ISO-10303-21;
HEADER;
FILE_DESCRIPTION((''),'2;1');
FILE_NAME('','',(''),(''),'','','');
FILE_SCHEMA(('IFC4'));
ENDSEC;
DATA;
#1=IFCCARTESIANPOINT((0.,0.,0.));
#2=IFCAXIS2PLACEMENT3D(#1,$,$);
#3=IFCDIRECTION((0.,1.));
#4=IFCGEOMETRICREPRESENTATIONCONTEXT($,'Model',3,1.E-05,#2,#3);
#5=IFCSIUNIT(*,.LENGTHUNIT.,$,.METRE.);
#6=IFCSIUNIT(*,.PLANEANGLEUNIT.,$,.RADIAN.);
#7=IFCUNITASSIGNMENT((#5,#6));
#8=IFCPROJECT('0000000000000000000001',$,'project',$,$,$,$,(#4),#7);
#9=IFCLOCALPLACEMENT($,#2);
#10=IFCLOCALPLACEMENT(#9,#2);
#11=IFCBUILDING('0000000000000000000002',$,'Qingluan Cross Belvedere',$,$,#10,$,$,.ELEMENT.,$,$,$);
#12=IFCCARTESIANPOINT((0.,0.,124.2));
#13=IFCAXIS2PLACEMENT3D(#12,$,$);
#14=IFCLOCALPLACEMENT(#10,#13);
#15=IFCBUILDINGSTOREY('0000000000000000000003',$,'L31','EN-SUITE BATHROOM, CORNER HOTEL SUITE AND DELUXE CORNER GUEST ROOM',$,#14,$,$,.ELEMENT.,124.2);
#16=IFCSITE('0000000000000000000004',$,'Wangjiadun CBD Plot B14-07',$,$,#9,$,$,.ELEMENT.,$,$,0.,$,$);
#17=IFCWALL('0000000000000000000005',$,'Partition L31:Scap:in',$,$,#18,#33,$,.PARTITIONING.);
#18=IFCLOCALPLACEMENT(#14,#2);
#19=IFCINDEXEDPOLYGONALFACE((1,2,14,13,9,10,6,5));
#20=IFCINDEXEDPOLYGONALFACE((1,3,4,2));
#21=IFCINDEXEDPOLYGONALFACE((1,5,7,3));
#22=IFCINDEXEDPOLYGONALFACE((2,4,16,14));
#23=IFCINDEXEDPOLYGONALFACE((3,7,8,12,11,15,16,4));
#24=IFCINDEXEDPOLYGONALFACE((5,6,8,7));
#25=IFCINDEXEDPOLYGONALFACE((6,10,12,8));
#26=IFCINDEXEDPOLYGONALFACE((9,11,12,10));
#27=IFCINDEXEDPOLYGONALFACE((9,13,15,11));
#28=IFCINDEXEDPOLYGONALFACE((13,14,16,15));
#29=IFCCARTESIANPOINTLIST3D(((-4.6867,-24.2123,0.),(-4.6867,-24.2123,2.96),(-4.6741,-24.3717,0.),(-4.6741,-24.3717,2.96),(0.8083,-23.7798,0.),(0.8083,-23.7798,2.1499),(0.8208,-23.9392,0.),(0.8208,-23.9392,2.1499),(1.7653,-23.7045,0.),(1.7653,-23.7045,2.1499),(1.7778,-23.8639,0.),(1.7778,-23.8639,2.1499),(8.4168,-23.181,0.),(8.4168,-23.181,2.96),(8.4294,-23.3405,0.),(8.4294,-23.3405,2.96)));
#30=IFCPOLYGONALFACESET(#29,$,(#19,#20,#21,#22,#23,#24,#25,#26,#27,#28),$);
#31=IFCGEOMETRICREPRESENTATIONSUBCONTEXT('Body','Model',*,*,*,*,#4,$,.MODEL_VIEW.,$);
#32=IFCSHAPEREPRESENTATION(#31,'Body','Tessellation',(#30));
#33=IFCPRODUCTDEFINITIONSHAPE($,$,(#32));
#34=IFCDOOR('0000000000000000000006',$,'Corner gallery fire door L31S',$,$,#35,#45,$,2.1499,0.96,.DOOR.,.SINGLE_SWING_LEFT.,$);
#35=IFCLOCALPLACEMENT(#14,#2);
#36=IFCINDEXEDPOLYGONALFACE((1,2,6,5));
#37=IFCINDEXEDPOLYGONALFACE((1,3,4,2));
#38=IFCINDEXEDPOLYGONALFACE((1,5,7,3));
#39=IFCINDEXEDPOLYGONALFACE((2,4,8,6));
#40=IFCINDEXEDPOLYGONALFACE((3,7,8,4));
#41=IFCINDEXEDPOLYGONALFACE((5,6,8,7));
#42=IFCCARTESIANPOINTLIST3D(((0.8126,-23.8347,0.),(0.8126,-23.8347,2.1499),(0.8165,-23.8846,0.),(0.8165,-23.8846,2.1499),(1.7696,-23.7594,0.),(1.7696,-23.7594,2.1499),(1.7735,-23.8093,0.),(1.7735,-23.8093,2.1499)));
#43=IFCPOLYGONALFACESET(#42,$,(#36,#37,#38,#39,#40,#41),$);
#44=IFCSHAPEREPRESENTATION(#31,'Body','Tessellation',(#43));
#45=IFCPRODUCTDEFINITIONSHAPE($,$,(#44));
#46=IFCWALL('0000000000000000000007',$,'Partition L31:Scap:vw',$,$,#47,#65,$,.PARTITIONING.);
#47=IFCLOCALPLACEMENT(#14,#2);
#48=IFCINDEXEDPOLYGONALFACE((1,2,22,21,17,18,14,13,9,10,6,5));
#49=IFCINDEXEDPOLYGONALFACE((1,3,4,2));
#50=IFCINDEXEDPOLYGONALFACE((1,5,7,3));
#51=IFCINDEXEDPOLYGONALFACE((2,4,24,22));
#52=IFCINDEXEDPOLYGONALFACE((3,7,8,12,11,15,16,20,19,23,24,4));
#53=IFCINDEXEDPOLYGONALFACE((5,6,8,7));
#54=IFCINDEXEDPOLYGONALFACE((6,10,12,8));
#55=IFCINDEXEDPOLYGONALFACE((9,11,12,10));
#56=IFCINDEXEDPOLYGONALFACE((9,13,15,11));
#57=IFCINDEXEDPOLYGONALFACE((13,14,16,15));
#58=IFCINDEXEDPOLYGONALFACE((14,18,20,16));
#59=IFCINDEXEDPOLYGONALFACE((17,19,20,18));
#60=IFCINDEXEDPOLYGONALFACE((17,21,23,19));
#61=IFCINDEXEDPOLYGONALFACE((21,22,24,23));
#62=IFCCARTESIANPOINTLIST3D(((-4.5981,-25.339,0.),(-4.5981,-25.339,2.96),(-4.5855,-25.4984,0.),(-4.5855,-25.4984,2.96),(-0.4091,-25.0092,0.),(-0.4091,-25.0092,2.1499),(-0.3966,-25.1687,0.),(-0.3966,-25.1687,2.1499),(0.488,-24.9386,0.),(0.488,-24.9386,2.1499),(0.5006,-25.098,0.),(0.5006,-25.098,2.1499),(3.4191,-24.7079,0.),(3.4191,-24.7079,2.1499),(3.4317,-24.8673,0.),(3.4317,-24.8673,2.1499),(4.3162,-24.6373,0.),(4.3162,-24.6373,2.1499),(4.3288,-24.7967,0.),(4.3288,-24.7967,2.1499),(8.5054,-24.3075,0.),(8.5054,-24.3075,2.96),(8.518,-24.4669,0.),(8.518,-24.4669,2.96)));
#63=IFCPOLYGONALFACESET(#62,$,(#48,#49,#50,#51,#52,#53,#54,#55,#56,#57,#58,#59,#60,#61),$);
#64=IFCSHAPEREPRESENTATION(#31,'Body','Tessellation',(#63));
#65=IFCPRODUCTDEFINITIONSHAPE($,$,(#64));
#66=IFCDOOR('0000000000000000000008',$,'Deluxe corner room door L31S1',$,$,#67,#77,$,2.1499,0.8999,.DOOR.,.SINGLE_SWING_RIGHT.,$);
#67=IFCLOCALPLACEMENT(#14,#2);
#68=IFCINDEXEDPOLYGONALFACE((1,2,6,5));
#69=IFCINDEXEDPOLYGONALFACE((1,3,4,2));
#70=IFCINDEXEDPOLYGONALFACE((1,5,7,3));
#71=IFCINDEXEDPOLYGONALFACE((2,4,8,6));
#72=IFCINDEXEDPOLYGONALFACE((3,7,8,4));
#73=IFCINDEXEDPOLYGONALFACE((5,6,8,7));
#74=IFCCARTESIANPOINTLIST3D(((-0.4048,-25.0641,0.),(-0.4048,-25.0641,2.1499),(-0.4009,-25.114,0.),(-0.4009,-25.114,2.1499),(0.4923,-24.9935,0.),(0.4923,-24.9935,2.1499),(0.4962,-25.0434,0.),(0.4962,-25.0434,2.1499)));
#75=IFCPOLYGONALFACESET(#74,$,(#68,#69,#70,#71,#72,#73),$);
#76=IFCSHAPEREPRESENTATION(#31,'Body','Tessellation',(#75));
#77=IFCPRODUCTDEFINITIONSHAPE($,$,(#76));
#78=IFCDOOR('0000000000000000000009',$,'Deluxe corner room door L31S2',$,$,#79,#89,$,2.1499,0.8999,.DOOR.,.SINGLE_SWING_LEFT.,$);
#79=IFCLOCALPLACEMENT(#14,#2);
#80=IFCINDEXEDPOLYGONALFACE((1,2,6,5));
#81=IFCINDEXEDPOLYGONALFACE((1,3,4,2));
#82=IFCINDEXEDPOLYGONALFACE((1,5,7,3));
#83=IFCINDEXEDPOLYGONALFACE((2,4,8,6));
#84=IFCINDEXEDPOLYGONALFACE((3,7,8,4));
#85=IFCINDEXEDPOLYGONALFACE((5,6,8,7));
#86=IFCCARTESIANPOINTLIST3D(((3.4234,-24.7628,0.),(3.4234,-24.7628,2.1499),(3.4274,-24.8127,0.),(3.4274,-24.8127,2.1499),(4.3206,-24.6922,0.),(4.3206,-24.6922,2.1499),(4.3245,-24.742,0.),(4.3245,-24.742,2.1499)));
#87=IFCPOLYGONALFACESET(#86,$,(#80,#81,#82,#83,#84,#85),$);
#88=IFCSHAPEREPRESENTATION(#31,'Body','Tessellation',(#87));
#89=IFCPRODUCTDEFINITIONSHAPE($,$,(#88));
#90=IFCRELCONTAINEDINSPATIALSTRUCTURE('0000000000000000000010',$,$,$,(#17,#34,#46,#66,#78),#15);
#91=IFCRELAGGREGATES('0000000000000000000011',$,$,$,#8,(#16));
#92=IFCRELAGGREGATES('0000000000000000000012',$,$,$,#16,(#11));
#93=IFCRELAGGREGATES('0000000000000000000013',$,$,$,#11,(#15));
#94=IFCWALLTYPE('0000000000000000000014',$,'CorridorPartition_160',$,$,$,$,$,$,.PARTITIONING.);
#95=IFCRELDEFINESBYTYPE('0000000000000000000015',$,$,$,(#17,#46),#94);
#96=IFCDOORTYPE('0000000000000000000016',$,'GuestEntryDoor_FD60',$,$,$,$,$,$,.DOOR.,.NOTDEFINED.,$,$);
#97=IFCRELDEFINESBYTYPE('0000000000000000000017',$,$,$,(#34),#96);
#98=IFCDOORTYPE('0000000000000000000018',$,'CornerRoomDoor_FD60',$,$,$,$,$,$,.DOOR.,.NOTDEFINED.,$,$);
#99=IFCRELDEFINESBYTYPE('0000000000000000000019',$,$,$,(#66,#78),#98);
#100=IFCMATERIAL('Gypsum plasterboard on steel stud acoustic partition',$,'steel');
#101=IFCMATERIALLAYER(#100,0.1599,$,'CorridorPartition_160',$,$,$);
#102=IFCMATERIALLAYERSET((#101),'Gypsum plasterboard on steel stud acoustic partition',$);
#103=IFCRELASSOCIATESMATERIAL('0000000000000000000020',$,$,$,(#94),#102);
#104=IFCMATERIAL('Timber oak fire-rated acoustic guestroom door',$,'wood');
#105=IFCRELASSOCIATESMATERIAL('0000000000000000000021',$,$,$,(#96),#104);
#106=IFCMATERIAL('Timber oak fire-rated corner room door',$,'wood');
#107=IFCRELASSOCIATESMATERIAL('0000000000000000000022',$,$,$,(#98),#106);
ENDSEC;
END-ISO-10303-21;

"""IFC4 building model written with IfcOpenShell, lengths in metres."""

from ifc_helpers import new_model, si_unit, direction, frame, frame_2d, origin, place, context, subcontext, project, spatial, rectangle, extrude, material, layer, layer_set, type_object, element, fill, save


model = new_model("IFC4")

# Units and contexts
model_context = context("Model", 3, precision=1e-05, world=origin(), true_north=direction((0.0, 1.0)))
body_context = subcontext(model_context, "Body", "Model", "MODEL_VIEW")
ifc_project = project(units=[si_unit("LENGTHUNIT", "METRE"), si_unit("PLANEANGLEUNIT", "RADIAN")], contexts=[model_context])

# Site, building, storey
site_placement = place(None, origin())
site = spatial("IfcSite", under=ifc_project, at=site_placement, Name="Wangjiadun CBD Plot B14-07", CompositionType="ELEMENT", RefElevation=0.0)
building_placement = place(site_placement, origin())
building = spatial("IfcBuilding", under=site, at=building_placement, Name="Qingluan Cross Belvedere", CompositionType="ELEMENT")
storey_placement = place(building_placement, frame((0.0, 0.0, 124.2)))
storey = spatial("IfcBuildingStorey", under=building, at=storey_placement, Name="L31", Description="EN-SUITE BATHROOM, CORNER HOTEL SUITE AND DELUXE CORNER GUEST ROOM", CompositionType="ELEMENT", Elevation=124.2)

# Shared definitions
ifc_material_1 = material(Name="Gypsum plasterboard on steel stud acoustic partition", Category="steel")
ifc_layer_1 = layer(ifc_material_1, 0.1599, Name="CorridorPartition_160")
ifc_layer_set_1 = layer_set([ifc_layer_1], Name="Gypsum plasterboard on steel stud acoustic partition")
wall_type_1 = type_object("IfcWallType", Name="CorridorPartition_160", PredefinedType="PARTITIONING", material=ifc_layer_set_1)

# Shared definitions
ifc_material_2 = material(Name="Timber oak fire-rated acoustic guestroom door", Category="wood")
door_type_1 = type_object("IfcDoorType", Name="GuestEntryDoor_FD60", OperationType="NOTDEFINED", PredefinedType="DOOR", material=ifc_material_2)

# Wall, opening, door
wall_1_placement = place(storey_placement, frame((-4.6804, -24.292, 0.0), z_axis=(0.0, 0.0, 1.0), x_axis=(0.996917, 0.078458, 0.0)))
wall_1 = element("IfcWall", 1, at=wall_1_placement, inside=storey, type_object=wall_type_1, Name="Partition L31:Scap:in", PredefinedType="PARTITIONING", context=body_context, shape_type="SweptSolid", body=[
    extrude(rectangle(XDim=13.144, YDim=0.1599, at=frame_2d((6.572, 0.0))), origin(), (0.0, 0.0, 1.0), 2.96),
])
opening_1_placement = place(wall_1_placement, frame((5.512, 0.0, 0.0)))
opening_1 = element("IfcOpeningElement", 2, at=opening_1_placement, cuts=wall_1, PredefinedType="OPENING", context=body_context, shape_type="SweptSolid", body=[
    extrude(rectangle(XDim=0.96, YDim=2.1499, at=frame_2d((0.48, 1.075))), frame((0.0, 0.0898, 0.0), z_axis=(0.0, -1.0, 0.0), x_axis=(1.0, 0.0, 0.0)), (0.0, 0.0, 1.0), 0.1799),
])
door_1_placement = place(opening_1_placement, origin())
door_1 = element("IfcDoor", 3, at=door_1_placement, inside=storey, type_object=door_type_1, Name="Corner gallery fire door L31S", OperationType="SINGLE_SWING_LEFT", OverallHeight=2.1499, OverallWidth=0.96, PredefinedType="DOOR", context=body_context, shape_type="SweptSolid", body=[
    extrude(rectangle(XDim=0.96, YDim=2.1499, at=frame_2d((0.48, 1.075))), frame((0.0, 0.0249, 0.0), z_axis=(0.0, -1.0, 0.0), x_axis=(1.0, 0.0, 0.0)), (0.0, 0.0, 1.0), 0.05),
])
fill(opening_1, door_1)

# Wall, openings, doors
wall_2_placement = place(storey_placement, frame((-4.5918, -25.4187, 0.0), z_axis=(0.0, 0.0, 1.0), x_axis=(0.996916, 0.078476, 0.0)))
wall_2 = element("IfcWall", 4, at=wall_2_placement, inside=storey, type_object=wall_type_1, Name="Partition L31:Scap:vw", PredefinedType="PARTITIONING", context=body_context, shape_type="SweptSolid", body=[
    extrude(rectangle(XDim=13.144, YDim=0.1599, at=frame_2d((6.572, 0.0))), origin(), (0.0, 0.0, 1.0), 2.96),
])
opening_2_placement = place(wall_2_placement, frame((4.2019, 0.0, 0.0)))
opening_2 = element("IfcOpeningElement", 5, at=opening_2_placement, cuts=wall_2, PredefinedType="OPENING", context=body_context, shape_type="SweptSolid", body=[
    extrude(rectangle(XDim=0.8999, YDim=2.1499, at=frame_2d((0.45, 1.075))), frame((0.0, 0.0898, 0.0), z_axis=(0.0, -1.0, 0.0), x_axis=(1.0, 0.0, 0.0)), (0.0, 0.0, 1.0), 0.1799),
])
opening_3_placement = place(wall_2_placement, frame((8.042, 0.0, 0.0)))
opening_3 = element("IfcOpeningElement", 6, at=opening_3_placement, cuts=wall_2, PredefinedType="OPENING", context=body_context, shape_type="SweptSolid", body=[
    extrude(rectangle(XDim=0.8999, YDim=2.1499, at=frame_2d((0.45, 1.075))), frame((0.0, 0.0898, 0.0), z_axis=(0.0, -1.0, 0.0), x_axis=(1.0, 0.0, 0.0)), (0.0, 0.0, 1.0), 0.1799),
])
ifc_material_3 = material(Name="Timber oak fire-rated corner room door", Category="wood")
door_type_2 = type_object("IfcDoorType", Name="CornerRoomDoor_FD60", OperationType="NOTDEFINED", PredefinedType="DOOR", material=ifc_material_3)
door_2_placement = place(opening_2_placement, origin())
door_2 = element("IfcDoor", 7, at=door_2_placement, inside=storey, type_object=door_type_2, Name="Deluxe corner room door L31S1", OperationType="SINGLE_SWING_RIGHT", OverallHeight=2.1499, OverallWidth=0.8999, PredefinedType="DOOR", context=body_context, shape_type="SweptSolid", body=[
    extrude(rectangle(XDim=0.8999, YDim=2.1499, at=frame_2d((0.45, 1.075))), frame((0.0, 0.0249, 0.0), z_axis=(0.0, -1.0, 0.0), x_axis=(1.0, 0.0, 0.0)), (0.0, 0.0, 1.0), 0.05),
])
fill(opening_2, door_2)
door_3_placement = place(opening_3_placement, origin())
door_3 = element("IfcDoor", 8, at=door_3_placement, inside=storey, type_object=door_type_2, Name="Deluxe corner room door L31S2", OperationType="SINGLE_SWING_LEFT", OverallHeight=2.1499, OverallWidth=0.8999, PredefinedType="DOOR", context=body_context, shape_type="SweptSolid", body=[
    extrude(rectangle(XDim=0.8999, YDim=2.1499, at=frame_2d((0.45, 1.075))), frame((0.0, 0.0249, 0.0), z_axis=(0.0, -1.0, 0.0), x_axis=(1.0, 0.0, 0.0)), (0.0, 0.0, 1.0), 0.05),
])
fill(opening_3, door_3)

save(model, "model.ifc")
